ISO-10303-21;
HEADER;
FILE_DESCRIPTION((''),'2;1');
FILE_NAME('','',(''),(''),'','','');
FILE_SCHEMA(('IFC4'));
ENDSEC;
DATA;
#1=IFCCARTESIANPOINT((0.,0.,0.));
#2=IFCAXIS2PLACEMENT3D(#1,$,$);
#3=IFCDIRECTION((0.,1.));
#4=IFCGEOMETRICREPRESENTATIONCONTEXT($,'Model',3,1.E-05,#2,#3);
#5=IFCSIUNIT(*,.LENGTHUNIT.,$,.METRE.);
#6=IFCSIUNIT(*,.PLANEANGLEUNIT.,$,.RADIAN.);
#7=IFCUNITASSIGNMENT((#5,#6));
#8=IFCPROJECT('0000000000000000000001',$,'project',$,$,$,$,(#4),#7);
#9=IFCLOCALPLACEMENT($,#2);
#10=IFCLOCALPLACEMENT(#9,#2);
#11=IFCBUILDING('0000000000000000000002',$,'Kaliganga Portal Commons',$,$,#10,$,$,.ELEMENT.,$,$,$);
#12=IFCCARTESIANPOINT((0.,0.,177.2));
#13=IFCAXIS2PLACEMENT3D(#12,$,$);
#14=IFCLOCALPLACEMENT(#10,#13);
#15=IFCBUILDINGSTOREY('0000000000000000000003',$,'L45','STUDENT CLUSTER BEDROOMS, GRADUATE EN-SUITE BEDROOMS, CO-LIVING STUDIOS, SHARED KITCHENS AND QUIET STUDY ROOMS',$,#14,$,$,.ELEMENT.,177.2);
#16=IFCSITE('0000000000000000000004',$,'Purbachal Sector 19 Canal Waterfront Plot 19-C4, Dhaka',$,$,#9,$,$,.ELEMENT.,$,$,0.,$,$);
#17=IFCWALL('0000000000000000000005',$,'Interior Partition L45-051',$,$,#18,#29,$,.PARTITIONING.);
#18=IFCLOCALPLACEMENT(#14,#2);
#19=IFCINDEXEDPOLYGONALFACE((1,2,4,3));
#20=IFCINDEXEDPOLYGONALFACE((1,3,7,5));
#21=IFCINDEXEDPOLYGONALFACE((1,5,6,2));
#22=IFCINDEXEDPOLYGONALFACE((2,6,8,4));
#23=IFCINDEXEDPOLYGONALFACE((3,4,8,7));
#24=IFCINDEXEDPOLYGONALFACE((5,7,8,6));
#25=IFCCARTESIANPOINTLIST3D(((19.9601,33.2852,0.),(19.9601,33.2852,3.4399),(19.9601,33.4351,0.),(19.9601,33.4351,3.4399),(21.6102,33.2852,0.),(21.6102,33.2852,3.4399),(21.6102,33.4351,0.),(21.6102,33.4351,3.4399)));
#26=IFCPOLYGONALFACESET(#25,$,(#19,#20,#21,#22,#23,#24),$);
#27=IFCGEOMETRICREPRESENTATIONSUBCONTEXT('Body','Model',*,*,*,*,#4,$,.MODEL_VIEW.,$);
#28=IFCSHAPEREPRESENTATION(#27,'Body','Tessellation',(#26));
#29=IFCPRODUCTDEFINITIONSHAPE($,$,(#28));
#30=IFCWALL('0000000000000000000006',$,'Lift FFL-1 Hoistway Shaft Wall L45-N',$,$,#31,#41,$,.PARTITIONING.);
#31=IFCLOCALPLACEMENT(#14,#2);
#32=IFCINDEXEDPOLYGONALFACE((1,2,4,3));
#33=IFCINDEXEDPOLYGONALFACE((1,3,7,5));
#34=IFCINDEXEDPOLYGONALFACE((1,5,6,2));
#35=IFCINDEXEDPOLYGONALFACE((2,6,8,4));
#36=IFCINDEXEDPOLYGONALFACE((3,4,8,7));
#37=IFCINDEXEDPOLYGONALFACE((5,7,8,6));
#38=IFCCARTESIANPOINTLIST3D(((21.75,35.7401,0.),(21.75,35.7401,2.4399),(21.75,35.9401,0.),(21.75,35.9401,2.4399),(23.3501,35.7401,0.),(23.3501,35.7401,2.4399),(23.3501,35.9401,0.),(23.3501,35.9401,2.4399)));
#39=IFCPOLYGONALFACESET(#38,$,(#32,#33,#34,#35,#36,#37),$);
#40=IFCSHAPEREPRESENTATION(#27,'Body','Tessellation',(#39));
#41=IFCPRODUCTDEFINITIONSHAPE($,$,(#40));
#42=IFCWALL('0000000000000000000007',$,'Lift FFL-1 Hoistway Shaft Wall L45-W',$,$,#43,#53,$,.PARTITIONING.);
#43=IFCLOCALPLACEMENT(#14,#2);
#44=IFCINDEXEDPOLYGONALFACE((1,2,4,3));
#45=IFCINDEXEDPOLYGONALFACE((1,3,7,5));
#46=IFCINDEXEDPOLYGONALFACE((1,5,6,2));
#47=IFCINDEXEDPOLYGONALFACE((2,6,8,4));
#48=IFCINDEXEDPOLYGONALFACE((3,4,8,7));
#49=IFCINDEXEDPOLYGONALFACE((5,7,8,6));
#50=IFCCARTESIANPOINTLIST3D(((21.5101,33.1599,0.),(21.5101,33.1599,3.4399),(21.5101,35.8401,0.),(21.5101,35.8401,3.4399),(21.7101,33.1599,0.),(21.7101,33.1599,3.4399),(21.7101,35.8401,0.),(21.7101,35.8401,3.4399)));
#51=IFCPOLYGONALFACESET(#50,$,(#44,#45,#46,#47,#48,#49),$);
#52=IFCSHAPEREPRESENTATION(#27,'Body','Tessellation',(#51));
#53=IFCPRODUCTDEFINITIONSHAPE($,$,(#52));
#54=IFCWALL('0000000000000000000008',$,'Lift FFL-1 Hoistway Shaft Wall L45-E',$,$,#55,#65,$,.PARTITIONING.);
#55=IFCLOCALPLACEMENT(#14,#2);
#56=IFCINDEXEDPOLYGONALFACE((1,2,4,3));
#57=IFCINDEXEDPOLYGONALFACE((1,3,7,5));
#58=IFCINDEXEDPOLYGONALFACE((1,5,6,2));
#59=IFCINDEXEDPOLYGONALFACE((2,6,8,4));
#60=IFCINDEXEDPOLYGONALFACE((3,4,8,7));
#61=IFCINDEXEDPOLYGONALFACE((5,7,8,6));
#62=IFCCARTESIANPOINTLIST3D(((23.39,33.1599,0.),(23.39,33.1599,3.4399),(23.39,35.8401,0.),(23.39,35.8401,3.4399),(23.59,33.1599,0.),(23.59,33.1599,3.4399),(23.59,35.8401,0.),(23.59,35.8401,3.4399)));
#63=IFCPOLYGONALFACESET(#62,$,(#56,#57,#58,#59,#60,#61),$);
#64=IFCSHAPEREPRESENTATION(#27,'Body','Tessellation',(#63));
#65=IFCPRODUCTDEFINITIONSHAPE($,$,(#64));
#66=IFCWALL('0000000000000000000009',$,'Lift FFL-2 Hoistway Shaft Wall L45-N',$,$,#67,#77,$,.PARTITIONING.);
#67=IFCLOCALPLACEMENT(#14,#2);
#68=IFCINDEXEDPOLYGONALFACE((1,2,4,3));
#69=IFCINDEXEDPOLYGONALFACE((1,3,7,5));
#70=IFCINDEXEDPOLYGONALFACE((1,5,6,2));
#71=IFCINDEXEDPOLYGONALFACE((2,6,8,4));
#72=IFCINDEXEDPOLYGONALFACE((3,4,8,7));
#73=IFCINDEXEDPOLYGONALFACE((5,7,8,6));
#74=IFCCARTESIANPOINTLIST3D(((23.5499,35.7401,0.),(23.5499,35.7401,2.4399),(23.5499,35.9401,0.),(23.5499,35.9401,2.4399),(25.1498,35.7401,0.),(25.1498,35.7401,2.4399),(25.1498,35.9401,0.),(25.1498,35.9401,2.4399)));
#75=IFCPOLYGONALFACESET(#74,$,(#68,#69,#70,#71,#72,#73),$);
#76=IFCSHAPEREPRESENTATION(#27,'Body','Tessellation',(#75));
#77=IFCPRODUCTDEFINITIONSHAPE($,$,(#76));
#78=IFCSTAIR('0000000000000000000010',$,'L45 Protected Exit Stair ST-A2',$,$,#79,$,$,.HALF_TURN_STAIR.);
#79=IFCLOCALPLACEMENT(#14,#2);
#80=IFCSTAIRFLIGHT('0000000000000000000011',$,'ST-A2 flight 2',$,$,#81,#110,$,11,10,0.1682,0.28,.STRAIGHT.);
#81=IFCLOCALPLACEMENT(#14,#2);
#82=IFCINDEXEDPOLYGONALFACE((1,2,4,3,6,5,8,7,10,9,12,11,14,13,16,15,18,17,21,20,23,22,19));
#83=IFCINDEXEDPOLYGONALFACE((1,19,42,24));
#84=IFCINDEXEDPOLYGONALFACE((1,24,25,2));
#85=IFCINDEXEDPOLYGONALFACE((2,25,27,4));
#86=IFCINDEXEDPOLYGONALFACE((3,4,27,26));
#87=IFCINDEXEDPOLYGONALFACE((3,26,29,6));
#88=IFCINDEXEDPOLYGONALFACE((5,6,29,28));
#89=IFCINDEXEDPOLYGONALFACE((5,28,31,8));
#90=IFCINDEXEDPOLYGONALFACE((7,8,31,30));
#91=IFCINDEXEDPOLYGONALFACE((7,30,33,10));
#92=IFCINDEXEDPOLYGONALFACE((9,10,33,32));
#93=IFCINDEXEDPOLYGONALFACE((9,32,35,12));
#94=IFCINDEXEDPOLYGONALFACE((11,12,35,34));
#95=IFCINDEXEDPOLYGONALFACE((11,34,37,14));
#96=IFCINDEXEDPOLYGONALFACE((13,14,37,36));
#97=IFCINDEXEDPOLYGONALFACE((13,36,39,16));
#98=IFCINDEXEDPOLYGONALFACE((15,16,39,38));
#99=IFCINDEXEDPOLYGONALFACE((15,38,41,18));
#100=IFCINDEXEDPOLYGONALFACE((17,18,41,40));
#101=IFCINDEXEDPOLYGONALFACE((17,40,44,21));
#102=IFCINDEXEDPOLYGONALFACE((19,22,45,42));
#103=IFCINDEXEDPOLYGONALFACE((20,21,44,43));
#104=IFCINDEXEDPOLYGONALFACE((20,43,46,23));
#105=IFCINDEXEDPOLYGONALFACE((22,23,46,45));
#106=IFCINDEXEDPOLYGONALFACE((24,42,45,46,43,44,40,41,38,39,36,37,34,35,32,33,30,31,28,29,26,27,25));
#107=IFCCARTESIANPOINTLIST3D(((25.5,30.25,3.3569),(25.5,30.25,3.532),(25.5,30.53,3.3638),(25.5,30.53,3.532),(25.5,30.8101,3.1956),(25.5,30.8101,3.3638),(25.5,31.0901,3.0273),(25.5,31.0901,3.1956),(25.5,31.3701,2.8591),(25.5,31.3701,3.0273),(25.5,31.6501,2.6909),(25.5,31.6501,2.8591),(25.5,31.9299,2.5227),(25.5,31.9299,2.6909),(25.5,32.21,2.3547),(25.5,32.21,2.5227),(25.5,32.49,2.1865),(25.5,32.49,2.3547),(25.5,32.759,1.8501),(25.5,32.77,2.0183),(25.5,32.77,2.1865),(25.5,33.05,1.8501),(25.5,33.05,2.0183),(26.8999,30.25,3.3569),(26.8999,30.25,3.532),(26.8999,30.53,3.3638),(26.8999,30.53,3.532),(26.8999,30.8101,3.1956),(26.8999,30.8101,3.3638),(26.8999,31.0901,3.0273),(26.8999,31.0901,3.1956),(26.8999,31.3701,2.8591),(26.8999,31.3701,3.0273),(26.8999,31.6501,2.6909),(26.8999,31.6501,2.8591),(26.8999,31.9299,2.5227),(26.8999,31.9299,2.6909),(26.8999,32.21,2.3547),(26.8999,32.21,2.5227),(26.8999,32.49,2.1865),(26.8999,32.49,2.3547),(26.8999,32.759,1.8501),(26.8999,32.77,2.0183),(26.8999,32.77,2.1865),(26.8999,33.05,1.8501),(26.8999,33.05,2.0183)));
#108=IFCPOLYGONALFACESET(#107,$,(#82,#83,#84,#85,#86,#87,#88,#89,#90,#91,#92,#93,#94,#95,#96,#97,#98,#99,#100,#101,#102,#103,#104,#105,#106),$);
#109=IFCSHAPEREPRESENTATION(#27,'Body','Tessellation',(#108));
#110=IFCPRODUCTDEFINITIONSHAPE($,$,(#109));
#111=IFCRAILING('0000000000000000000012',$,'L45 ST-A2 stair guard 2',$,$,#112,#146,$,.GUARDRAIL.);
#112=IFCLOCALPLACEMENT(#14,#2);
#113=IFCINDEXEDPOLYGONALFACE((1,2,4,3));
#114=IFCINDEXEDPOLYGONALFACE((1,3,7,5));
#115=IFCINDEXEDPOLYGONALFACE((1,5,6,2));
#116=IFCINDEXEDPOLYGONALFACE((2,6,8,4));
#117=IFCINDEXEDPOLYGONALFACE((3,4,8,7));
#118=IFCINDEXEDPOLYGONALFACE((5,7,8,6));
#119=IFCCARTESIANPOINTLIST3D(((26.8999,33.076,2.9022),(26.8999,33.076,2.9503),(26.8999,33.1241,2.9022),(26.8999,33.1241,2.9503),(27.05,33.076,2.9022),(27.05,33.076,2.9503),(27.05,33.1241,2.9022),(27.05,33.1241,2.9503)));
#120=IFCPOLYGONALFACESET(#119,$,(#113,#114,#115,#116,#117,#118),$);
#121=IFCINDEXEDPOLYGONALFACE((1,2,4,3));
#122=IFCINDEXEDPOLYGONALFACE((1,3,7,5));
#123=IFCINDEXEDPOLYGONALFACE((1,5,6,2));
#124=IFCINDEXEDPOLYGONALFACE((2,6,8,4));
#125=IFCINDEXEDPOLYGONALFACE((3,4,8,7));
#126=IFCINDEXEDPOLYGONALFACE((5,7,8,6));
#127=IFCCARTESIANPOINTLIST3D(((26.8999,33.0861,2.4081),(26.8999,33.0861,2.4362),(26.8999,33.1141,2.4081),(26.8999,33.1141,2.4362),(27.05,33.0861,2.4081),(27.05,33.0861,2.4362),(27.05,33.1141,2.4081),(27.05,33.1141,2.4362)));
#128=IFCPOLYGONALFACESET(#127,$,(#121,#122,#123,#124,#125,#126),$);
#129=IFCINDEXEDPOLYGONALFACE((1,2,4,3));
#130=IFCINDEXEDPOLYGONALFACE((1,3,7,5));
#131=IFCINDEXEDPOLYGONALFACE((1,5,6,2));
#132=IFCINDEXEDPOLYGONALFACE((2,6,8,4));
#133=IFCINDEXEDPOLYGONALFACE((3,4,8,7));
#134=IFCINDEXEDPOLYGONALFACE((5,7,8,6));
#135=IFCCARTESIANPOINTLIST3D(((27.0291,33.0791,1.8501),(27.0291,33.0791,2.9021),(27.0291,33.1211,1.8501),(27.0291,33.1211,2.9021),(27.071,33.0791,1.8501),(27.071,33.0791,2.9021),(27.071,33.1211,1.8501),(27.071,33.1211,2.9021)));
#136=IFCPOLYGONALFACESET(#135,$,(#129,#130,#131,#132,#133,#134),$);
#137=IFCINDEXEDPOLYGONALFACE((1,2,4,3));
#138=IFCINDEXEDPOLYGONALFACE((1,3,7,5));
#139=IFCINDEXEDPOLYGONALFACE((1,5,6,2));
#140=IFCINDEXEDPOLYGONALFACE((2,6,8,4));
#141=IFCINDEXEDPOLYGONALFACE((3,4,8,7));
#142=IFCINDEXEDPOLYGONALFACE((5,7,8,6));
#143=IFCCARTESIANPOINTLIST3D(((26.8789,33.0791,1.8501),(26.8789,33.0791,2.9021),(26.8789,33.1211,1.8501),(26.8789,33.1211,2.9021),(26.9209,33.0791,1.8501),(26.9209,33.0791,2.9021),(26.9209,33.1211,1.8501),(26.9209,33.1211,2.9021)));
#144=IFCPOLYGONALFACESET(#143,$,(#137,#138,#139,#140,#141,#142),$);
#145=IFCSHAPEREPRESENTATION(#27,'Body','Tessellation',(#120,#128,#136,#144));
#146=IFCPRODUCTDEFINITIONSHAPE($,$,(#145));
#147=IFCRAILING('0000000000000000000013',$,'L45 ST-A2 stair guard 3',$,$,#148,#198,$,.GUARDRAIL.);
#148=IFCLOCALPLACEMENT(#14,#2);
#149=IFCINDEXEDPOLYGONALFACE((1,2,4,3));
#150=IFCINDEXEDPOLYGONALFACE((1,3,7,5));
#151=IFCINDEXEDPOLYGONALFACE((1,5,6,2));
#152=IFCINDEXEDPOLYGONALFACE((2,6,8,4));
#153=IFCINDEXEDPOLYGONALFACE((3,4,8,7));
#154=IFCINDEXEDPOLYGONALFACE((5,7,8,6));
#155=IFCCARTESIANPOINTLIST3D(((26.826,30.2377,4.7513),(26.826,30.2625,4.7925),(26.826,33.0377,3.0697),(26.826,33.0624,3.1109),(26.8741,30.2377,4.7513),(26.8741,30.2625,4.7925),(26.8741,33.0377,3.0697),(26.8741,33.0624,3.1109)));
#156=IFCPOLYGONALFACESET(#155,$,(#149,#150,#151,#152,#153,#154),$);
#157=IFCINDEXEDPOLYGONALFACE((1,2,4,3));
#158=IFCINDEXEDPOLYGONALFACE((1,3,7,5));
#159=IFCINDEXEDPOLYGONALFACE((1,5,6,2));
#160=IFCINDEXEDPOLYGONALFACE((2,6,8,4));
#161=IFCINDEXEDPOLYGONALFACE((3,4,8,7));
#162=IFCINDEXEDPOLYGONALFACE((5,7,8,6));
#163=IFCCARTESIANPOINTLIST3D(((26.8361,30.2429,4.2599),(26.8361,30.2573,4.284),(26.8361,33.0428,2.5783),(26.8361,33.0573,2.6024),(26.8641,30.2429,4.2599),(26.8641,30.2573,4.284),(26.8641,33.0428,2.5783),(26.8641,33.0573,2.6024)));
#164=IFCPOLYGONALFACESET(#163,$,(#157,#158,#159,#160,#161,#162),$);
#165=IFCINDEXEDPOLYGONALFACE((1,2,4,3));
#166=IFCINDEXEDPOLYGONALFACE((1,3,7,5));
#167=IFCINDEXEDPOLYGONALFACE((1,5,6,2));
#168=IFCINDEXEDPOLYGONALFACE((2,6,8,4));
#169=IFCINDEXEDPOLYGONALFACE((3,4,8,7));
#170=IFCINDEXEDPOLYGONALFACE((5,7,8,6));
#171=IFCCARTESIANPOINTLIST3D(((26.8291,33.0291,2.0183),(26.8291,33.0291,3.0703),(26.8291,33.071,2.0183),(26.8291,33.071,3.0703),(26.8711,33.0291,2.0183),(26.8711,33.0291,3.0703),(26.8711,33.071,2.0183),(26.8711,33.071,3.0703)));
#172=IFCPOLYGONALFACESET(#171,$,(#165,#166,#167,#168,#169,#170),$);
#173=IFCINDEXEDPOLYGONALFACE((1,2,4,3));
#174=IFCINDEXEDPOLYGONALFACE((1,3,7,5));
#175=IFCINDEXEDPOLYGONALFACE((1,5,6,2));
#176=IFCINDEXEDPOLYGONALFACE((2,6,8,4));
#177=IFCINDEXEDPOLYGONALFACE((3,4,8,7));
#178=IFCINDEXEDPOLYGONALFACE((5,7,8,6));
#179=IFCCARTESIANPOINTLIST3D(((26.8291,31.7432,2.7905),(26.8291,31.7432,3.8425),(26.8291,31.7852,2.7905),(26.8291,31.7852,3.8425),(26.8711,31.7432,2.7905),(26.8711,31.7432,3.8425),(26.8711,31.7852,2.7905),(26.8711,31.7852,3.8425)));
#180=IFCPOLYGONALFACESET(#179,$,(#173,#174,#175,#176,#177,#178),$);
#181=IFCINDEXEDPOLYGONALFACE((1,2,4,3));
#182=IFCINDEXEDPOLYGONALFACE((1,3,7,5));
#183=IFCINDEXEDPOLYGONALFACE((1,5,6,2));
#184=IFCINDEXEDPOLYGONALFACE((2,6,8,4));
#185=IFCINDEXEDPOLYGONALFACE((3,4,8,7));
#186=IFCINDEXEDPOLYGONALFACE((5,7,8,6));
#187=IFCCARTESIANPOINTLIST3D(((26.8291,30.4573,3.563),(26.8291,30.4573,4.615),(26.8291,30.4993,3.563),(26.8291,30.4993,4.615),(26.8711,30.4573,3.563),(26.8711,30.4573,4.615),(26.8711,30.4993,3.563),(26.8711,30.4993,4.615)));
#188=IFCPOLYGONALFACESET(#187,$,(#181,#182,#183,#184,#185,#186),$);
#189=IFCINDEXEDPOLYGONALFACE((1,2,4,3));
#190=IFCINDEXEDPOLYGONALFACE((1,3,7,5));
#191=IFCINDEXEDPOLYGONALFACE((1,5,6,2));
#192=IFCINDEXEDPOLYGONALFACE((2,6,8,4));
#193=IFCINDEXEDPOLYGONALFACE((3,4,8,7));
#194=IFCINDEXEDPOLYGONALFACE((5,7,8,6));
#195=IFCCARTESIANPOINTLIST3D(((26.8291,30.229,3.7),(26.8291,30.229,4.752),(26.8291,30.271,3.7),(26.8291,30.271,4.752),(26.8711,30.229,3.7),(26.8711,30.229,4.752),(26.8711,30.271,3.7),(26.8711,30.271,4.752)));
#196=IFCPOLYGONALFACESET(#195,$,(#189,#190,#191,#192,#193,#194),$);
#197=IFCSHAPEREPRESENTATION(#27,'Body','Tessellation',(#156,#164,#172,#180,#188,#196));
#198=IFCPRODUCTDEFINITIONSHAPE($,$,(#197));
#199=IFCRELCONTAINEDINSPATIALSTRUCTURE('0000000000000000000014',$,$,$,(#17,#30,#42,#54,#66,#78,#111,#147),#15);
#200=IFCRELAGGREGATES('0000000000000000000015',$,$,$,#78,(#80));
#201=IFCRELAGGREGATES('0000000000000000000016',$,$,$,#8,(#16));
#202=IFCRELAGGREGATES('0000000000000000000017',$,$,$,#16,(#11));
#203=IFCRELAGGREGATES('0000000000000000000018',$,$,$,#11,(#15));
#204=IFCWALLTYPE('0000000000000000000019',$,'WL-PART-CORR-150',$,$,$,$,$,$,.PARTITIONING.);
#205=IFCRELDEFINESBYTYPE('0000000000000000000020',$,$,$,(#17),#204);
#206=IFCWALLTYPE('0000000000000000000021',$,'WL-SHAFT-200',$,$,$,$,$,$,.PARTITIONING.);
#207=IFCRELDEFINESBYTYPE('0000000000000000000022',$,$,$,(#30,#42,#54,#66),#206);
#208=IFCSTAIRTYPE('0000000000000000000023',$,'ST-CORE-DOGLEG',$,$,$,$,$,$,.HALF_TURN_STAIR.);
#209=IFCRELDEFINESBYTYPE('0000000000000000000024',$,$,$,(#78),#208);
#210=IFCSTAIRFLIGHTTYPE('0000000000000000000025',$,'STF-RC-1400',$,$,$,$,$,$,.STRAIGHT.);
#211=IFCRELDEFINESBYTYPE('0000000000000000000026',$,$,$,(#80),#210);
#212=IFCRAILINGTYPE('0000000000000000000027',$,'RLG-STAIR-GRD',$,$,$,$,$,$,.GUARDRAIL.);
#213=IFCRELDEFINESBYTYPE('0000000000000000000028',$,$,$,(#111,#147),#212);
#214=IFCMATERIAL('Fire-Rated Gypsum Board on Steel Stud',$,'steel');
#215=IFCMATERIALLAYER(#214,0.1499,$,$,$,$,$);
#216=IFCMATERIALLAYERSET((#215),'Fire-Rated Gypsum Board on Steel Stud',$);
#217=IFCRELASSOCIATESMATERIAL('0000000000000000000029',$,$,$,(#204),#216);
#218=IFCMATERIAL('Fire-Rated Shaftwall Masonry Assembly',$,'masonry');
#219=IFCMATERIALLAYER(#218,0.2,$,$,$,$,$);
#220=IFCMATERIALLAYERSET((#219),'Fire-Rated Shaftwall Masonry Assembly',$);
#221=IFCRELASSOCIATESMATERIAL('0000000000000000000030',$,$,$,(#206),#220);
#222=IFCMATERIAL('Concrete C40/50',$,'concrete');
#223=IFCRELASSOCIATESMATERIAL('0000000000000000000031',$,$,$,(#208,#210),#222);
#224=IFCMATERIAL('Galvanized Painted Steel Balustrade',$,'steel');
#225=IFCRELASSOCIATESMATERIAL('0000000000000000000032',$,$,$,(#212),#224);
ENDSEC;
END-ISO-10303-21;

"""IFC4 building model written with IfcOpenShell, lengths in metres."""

from ifc_helpers import new_model, si_unit, direction, frame, frame_2d, origin, origin_2d, place, context, subcontext, project, spatial, polyline, rectangle, outline, extrude, material, layer, layer_set, type_object, element, aggregate, save


model = new_model("IFC4")

# Units and contexts
model_context = context("Model", 3, precision=1e-05, world=origin(), true_north=direction((0.0, 1.0)))
body_context = subcontext(model_context, "Body", "Model", "MODEL_VIEW")
ifc_project = project(units=[si_unit("LENGTHUNIT", "METRE"), si_unit("PLANEANGLEUNIT", "RADIAN")], contexts=[model_context])

# Site, building, storey
site_placement = place(None, origin())
site = spatial("IfcSite", under=ifc_project, at=site_placement, Name="Purbachal Sector 19 Canal Waterfront Plot 19-C4, Dhaka", CompositionType="ELEMENT", RefElevation=0.0)
building_placement = place(site_placement, origin())
building = spatial("IfcBuilding", under=site, at=building_placement, Name="Kaliganga Portal Commons", CompositionType="ELEMENT")
storey_placement = place(building_placement, frame((0.0, 0.0, 177.2)))
storey = spatial("IfcBuildingStorey", under=building, at=storey_placement, Name="L45", Description="STUDENT CLUSTER BEDROOMS, GRADUATE EN-SUITE BEDROOMS, CO-LIVING STUDIOS, SHARED KITCHENS AND QUIET STUDY ROOMS", CompositionType="ELEMENT", Elevation=177.2)

# Wall
ifc_material_1 = material(Name="Fire-Rated Gypsum Board on Steel Stud", Category="steel")
ifc_layer_1 = layer(ifc_material_1, 0.1499)
ifc_layer_set_1 = layer_set([ifc_layer_1], Name="Fire-Rated Gypsum Board on Steel Stud")
wall_type_1 = type_object("IfcWallType", Name="WL-PART-CORR-150", PredefinedType="PARTITIONING", material=ifc_layer_set_1)
wall_1_placement = place(storey_placement, frame((19.96, 33.3601, 0.0), z_axis=(0.0, 0.0, 1.0), x_axis=(1.0, 0.0, 0.0)))
element("IfcWall", 1, at=wall_1_placement, inside=storey, type_object=wall_type_1, Name="Interior Partition L45-051", PredefinedType="PARTITIONING", context=body_context, shape_type="SweptSolid", body=[
    extrude(rectangle(XDim=1.6501, YDim=0.1499, at=frame_2d((0.8252, 0.0))), origin(), (0.0, 0.0, 1.0), 3.4399),
])

# Shared definitions
ifc_material_2 = material(Name="Fire-Rated Shaftwall Masonry Assembly", Category="masonry")
ifc_layer_2 = layer(ifc_material_2, 0.2)
ifc_layer_set_2 = layer_set([ifc_layer_2], Name="Fire-Rated Shaftwall Masonry Assembly")
wall_type_2 = type_object("IfcWallType", Name="WL-SHAFT-200", PredefinedType="PARTITIONING", material=ifc_layer_set_2)

# Walls
wall_2_placement = place(storey_placement, frame((21.75, 35.8401, 0.0), z_axis=(0.0, 0.0, 1.0), x_axis=(1.0, 0.0, 0.0)))
element("IfcWall", 2, at=wall_2_placement, inside=storey, type_object=wall_type_2, Name="Lift FFL-1 Hoistway Shaft Wall L45-N", PredefinedType="PARTITIONING", context=body_context, shape_type="SweptSolid", body=[
    extrude(rectangle(XDim=1.6001, YDim=0.2, at=frame_2d((0.8, 0.0))), origin(), (0.0, 0.0, 1.0), 2.4399),
])
for number, where, z_axis, x_axis, name in (
    (3, (21.6101, 33.1599, 0.0), (0.0, 0.0, 1.0), (0.0, 1.0, 0.0), "Lift FFL-1 Hoistway Shaft Wall L45-W"),
    (4, (23.49, 33.1599, 0.0), (0.0, 0.0, 1.0), (0.0, 1.0, 0.0), "Lift FFL-1 Hoistway Shaft Wall L45-E"),
):
    element("IfcWall", number, at=place(storey_placement, frame(where, z_axis=z_axis, x_axis=x_axis)), inside=storey, type_object=wall_type_2, Name=name, PredefinedType="PARTITIONING", context=body_context, shape_type="SweptSolid", body=[
        extrude(rectangle(XDim=2.6802, YDim=0.2, at=frame_2d((1.3401, 0.0))), origin(), (0.0, 0.0, 1.0), 3.4399),
    ])

# Wall
wall_3_placement = place(storey_placement, frame((23.55, 35.8401, 0.0), z_axis=(0.0, 0.0, 1.0), x_axis=(1.0, 0.0, 0.0)))
element("IfcWall", 5, at=wall_3_placement, inside=storey, type_object=wall_type_2, Name="Lift FFL-2 Hoistway Shaft Wall L45-N", PredefinedType="PARTITIONING", context=body_context, shape_type="SweptSolid", body=[
    extrude(rectangle(XDim=1.5999, YDim=0.2, at=frame_2d((0.7998, 0.0))), origin(), (0.0, 0.0, 1.0), 2.4399),
])

# Stair, stair flight
ifc_material_3 = material(Name="Concrete C40/50", Category="concrete")
stair_type = type_object("IfcStairType", Name="ST-CORE-DOGLEG", PredefinedType="HALF_TURN_STAIR", material=ifc_material_3)
stair_placement = place(storey_placement, origin())
stair = element("IfcStair", 6, at=stair_placement, inside=storey, type_object=stair_type, Name="L45 Protected Exit Stair ST-A2", PredefinedType="HALF_TURN_STAIR")
stair_flight_type = type_object("IfcStairFlightType", Name="STF-RC-1400", PredefinedType="STRAIGHT", material=ifc_material_3)
stair_flight_placement = place(storey_placement, frame((26.2, 33.05, 1.8501), z_axis=(0.0, 0.0, 1.0), x_axis=(0.0, -1.0, 0.0)))
stair_flight = element("IfcStairFlight", 7, at=stair_flight_placement, type_object=stair_flight_type, Name="ST-A2 flight 2", NumberOfRisers=11, NumberOfTreads=10, PredefinedType="STRAIGHT", RiserHeight=0.1682, TreadLength=0.28, context=body_context, shape_type="SweptSolid", body=[
    extrude(outline(polyline([(0.0, 0.0), (0.0, 0.1682), (0.28, 0.1682), (0.28, 0.3364), (0.5601, 0.3364), (0.5601, 0.5046), (0.8401, 0.5046), (0.8401, 0.6726), (1.1201, 0.6726), (1.1201, 0.8408), (1.3999, 0.8408), (1.3999, 1.009), (1.6799, 1.009), (1.6799, 1.1772), (1.96, 1.1772), (1.96, 1.3455), (2.24, 1.3455), (2.24, 1.5137), (2.52, 1.5137), (2.52, 1.6819), (2.8, 1.6819), (2.8, 1.8501), (2.8, 1.5068), (0.291, 0.0), (0.0, 0.0)])), frame((0.0, 0.7, 0.0), z_axis=(0.0, -1.0, 0.0), x_axis=(1.0, 0.0, 0.0)), (0.0, 0.0, 1.0), 1.3999),
])
aggregate(stair, [stair_flight])

# Railings
ifc_material_4 = material(Name="Galvanized Painted Steel Balustrade", Category="steel")
railing_type_1 = type_object("IfcRailingType", Name="RLG-STAIR-GRD", PredefinedType="GUARDRAIL", material=ifc_material_4)
railing_1_placement = place(storey_placement, frame((27.05, 33.1001, 1.8501)))
element("IfcRailing", 8, at=railing_1_placement, inside=storey, type_object=railing_type_1, Name="L45 ST-A2 stair guard 2", PredefinedType="GUARDRAIL", context=body_context, shape_type="SweptSolid", body=[
    extrude(rectangle(XDim=0.0481, YDim=0.0481, at=origin_2d()), frame((0.0, 0.0, 1.0762), z_axis=(-1.0, 0.0, 0.0), x_axis=(0.0, -1.0, 0.0)), (0.0, 0.0, 1.0), 0.1501),
    extrude(rectangle(XDim=0.0281, YDim=0.0281, at=origin_2d()), frame((0.0, 0.0, 0.572), z_axis=(-1.0, 0.0, 0.0), x_axis=(0.0, -1.0, 0.0)), (0.0, 0.0, 1.0), 0.1501),
    extrude(rectangle(XDim=0.042, YDim=0.042, at=origin_2d()), origin(), (0.0, 0.0, 1.0), 1.052),
    extrude(rectangle(XDim=0.042, YDim=0.042, at=origin_2d()), frame((-0.1501, 0.0, 0.0)), (0.0, 0.0, 1.0), 1.052),
])
railing_2_placement = place(storey_placement, frame((26.8501, 33.05, 2.0183)))
element("IfcRailing", 9, at=railing_2_placement, inside=storey, type_object=railing_type_1, Name="L45 ST-A2 stair guard 3", PredefinedType="GUARDRAIL", context=body_context, shape_type="SweptSolid", body=[
    extrude(rectangle(XDim=0.0481, YDim=0.0481, at=origin_2d()), frame((0.0, 0.0, 1.072), z_axis=(0.0, -0.857275, 0.514858), x_axis=(1.0, 0.0, 0.0)), (0.0, 0.0, 1.0), 3.2661),
    extrude(rectangle(XDim=0.0281, YDim=0.0281, at=origin_2d()), frame((0.0, 0.0, 0.572), z_axis=(0.0, -0.857275, 0.514858), x_axis=(1.0, 0.0, 0.0)), (0.0, 0.0, 1.0), 3.2661),
    extrude(rectangle(XDim=0.042, YDim=0.042, at=origin_2d()), origin(), (0.0, 0.0, 1.0), 1.052),
    extrude(rectangle(XDim=0.042, YDim=0.042, at=origin_2d()), frame((0.0, -1.2859, 0.7722)), (0.0, 0.0, 1.0), 1.052),
    extrude(rectangle(XDim=0.042, YDim=0.042, at=origin_2d()), frame((0.0, -2.5718, 1.5447)), (0.0, 0.0, 1.0), 1.052),
    extrude(rectangle(XDim=0.042, YDim=0.042, at=origin_2d()), frame((0.0, -2.8, 1.6816)), (0.0, 0.0, 1.0), 1.052),
])

save(model, "model.ifc")
